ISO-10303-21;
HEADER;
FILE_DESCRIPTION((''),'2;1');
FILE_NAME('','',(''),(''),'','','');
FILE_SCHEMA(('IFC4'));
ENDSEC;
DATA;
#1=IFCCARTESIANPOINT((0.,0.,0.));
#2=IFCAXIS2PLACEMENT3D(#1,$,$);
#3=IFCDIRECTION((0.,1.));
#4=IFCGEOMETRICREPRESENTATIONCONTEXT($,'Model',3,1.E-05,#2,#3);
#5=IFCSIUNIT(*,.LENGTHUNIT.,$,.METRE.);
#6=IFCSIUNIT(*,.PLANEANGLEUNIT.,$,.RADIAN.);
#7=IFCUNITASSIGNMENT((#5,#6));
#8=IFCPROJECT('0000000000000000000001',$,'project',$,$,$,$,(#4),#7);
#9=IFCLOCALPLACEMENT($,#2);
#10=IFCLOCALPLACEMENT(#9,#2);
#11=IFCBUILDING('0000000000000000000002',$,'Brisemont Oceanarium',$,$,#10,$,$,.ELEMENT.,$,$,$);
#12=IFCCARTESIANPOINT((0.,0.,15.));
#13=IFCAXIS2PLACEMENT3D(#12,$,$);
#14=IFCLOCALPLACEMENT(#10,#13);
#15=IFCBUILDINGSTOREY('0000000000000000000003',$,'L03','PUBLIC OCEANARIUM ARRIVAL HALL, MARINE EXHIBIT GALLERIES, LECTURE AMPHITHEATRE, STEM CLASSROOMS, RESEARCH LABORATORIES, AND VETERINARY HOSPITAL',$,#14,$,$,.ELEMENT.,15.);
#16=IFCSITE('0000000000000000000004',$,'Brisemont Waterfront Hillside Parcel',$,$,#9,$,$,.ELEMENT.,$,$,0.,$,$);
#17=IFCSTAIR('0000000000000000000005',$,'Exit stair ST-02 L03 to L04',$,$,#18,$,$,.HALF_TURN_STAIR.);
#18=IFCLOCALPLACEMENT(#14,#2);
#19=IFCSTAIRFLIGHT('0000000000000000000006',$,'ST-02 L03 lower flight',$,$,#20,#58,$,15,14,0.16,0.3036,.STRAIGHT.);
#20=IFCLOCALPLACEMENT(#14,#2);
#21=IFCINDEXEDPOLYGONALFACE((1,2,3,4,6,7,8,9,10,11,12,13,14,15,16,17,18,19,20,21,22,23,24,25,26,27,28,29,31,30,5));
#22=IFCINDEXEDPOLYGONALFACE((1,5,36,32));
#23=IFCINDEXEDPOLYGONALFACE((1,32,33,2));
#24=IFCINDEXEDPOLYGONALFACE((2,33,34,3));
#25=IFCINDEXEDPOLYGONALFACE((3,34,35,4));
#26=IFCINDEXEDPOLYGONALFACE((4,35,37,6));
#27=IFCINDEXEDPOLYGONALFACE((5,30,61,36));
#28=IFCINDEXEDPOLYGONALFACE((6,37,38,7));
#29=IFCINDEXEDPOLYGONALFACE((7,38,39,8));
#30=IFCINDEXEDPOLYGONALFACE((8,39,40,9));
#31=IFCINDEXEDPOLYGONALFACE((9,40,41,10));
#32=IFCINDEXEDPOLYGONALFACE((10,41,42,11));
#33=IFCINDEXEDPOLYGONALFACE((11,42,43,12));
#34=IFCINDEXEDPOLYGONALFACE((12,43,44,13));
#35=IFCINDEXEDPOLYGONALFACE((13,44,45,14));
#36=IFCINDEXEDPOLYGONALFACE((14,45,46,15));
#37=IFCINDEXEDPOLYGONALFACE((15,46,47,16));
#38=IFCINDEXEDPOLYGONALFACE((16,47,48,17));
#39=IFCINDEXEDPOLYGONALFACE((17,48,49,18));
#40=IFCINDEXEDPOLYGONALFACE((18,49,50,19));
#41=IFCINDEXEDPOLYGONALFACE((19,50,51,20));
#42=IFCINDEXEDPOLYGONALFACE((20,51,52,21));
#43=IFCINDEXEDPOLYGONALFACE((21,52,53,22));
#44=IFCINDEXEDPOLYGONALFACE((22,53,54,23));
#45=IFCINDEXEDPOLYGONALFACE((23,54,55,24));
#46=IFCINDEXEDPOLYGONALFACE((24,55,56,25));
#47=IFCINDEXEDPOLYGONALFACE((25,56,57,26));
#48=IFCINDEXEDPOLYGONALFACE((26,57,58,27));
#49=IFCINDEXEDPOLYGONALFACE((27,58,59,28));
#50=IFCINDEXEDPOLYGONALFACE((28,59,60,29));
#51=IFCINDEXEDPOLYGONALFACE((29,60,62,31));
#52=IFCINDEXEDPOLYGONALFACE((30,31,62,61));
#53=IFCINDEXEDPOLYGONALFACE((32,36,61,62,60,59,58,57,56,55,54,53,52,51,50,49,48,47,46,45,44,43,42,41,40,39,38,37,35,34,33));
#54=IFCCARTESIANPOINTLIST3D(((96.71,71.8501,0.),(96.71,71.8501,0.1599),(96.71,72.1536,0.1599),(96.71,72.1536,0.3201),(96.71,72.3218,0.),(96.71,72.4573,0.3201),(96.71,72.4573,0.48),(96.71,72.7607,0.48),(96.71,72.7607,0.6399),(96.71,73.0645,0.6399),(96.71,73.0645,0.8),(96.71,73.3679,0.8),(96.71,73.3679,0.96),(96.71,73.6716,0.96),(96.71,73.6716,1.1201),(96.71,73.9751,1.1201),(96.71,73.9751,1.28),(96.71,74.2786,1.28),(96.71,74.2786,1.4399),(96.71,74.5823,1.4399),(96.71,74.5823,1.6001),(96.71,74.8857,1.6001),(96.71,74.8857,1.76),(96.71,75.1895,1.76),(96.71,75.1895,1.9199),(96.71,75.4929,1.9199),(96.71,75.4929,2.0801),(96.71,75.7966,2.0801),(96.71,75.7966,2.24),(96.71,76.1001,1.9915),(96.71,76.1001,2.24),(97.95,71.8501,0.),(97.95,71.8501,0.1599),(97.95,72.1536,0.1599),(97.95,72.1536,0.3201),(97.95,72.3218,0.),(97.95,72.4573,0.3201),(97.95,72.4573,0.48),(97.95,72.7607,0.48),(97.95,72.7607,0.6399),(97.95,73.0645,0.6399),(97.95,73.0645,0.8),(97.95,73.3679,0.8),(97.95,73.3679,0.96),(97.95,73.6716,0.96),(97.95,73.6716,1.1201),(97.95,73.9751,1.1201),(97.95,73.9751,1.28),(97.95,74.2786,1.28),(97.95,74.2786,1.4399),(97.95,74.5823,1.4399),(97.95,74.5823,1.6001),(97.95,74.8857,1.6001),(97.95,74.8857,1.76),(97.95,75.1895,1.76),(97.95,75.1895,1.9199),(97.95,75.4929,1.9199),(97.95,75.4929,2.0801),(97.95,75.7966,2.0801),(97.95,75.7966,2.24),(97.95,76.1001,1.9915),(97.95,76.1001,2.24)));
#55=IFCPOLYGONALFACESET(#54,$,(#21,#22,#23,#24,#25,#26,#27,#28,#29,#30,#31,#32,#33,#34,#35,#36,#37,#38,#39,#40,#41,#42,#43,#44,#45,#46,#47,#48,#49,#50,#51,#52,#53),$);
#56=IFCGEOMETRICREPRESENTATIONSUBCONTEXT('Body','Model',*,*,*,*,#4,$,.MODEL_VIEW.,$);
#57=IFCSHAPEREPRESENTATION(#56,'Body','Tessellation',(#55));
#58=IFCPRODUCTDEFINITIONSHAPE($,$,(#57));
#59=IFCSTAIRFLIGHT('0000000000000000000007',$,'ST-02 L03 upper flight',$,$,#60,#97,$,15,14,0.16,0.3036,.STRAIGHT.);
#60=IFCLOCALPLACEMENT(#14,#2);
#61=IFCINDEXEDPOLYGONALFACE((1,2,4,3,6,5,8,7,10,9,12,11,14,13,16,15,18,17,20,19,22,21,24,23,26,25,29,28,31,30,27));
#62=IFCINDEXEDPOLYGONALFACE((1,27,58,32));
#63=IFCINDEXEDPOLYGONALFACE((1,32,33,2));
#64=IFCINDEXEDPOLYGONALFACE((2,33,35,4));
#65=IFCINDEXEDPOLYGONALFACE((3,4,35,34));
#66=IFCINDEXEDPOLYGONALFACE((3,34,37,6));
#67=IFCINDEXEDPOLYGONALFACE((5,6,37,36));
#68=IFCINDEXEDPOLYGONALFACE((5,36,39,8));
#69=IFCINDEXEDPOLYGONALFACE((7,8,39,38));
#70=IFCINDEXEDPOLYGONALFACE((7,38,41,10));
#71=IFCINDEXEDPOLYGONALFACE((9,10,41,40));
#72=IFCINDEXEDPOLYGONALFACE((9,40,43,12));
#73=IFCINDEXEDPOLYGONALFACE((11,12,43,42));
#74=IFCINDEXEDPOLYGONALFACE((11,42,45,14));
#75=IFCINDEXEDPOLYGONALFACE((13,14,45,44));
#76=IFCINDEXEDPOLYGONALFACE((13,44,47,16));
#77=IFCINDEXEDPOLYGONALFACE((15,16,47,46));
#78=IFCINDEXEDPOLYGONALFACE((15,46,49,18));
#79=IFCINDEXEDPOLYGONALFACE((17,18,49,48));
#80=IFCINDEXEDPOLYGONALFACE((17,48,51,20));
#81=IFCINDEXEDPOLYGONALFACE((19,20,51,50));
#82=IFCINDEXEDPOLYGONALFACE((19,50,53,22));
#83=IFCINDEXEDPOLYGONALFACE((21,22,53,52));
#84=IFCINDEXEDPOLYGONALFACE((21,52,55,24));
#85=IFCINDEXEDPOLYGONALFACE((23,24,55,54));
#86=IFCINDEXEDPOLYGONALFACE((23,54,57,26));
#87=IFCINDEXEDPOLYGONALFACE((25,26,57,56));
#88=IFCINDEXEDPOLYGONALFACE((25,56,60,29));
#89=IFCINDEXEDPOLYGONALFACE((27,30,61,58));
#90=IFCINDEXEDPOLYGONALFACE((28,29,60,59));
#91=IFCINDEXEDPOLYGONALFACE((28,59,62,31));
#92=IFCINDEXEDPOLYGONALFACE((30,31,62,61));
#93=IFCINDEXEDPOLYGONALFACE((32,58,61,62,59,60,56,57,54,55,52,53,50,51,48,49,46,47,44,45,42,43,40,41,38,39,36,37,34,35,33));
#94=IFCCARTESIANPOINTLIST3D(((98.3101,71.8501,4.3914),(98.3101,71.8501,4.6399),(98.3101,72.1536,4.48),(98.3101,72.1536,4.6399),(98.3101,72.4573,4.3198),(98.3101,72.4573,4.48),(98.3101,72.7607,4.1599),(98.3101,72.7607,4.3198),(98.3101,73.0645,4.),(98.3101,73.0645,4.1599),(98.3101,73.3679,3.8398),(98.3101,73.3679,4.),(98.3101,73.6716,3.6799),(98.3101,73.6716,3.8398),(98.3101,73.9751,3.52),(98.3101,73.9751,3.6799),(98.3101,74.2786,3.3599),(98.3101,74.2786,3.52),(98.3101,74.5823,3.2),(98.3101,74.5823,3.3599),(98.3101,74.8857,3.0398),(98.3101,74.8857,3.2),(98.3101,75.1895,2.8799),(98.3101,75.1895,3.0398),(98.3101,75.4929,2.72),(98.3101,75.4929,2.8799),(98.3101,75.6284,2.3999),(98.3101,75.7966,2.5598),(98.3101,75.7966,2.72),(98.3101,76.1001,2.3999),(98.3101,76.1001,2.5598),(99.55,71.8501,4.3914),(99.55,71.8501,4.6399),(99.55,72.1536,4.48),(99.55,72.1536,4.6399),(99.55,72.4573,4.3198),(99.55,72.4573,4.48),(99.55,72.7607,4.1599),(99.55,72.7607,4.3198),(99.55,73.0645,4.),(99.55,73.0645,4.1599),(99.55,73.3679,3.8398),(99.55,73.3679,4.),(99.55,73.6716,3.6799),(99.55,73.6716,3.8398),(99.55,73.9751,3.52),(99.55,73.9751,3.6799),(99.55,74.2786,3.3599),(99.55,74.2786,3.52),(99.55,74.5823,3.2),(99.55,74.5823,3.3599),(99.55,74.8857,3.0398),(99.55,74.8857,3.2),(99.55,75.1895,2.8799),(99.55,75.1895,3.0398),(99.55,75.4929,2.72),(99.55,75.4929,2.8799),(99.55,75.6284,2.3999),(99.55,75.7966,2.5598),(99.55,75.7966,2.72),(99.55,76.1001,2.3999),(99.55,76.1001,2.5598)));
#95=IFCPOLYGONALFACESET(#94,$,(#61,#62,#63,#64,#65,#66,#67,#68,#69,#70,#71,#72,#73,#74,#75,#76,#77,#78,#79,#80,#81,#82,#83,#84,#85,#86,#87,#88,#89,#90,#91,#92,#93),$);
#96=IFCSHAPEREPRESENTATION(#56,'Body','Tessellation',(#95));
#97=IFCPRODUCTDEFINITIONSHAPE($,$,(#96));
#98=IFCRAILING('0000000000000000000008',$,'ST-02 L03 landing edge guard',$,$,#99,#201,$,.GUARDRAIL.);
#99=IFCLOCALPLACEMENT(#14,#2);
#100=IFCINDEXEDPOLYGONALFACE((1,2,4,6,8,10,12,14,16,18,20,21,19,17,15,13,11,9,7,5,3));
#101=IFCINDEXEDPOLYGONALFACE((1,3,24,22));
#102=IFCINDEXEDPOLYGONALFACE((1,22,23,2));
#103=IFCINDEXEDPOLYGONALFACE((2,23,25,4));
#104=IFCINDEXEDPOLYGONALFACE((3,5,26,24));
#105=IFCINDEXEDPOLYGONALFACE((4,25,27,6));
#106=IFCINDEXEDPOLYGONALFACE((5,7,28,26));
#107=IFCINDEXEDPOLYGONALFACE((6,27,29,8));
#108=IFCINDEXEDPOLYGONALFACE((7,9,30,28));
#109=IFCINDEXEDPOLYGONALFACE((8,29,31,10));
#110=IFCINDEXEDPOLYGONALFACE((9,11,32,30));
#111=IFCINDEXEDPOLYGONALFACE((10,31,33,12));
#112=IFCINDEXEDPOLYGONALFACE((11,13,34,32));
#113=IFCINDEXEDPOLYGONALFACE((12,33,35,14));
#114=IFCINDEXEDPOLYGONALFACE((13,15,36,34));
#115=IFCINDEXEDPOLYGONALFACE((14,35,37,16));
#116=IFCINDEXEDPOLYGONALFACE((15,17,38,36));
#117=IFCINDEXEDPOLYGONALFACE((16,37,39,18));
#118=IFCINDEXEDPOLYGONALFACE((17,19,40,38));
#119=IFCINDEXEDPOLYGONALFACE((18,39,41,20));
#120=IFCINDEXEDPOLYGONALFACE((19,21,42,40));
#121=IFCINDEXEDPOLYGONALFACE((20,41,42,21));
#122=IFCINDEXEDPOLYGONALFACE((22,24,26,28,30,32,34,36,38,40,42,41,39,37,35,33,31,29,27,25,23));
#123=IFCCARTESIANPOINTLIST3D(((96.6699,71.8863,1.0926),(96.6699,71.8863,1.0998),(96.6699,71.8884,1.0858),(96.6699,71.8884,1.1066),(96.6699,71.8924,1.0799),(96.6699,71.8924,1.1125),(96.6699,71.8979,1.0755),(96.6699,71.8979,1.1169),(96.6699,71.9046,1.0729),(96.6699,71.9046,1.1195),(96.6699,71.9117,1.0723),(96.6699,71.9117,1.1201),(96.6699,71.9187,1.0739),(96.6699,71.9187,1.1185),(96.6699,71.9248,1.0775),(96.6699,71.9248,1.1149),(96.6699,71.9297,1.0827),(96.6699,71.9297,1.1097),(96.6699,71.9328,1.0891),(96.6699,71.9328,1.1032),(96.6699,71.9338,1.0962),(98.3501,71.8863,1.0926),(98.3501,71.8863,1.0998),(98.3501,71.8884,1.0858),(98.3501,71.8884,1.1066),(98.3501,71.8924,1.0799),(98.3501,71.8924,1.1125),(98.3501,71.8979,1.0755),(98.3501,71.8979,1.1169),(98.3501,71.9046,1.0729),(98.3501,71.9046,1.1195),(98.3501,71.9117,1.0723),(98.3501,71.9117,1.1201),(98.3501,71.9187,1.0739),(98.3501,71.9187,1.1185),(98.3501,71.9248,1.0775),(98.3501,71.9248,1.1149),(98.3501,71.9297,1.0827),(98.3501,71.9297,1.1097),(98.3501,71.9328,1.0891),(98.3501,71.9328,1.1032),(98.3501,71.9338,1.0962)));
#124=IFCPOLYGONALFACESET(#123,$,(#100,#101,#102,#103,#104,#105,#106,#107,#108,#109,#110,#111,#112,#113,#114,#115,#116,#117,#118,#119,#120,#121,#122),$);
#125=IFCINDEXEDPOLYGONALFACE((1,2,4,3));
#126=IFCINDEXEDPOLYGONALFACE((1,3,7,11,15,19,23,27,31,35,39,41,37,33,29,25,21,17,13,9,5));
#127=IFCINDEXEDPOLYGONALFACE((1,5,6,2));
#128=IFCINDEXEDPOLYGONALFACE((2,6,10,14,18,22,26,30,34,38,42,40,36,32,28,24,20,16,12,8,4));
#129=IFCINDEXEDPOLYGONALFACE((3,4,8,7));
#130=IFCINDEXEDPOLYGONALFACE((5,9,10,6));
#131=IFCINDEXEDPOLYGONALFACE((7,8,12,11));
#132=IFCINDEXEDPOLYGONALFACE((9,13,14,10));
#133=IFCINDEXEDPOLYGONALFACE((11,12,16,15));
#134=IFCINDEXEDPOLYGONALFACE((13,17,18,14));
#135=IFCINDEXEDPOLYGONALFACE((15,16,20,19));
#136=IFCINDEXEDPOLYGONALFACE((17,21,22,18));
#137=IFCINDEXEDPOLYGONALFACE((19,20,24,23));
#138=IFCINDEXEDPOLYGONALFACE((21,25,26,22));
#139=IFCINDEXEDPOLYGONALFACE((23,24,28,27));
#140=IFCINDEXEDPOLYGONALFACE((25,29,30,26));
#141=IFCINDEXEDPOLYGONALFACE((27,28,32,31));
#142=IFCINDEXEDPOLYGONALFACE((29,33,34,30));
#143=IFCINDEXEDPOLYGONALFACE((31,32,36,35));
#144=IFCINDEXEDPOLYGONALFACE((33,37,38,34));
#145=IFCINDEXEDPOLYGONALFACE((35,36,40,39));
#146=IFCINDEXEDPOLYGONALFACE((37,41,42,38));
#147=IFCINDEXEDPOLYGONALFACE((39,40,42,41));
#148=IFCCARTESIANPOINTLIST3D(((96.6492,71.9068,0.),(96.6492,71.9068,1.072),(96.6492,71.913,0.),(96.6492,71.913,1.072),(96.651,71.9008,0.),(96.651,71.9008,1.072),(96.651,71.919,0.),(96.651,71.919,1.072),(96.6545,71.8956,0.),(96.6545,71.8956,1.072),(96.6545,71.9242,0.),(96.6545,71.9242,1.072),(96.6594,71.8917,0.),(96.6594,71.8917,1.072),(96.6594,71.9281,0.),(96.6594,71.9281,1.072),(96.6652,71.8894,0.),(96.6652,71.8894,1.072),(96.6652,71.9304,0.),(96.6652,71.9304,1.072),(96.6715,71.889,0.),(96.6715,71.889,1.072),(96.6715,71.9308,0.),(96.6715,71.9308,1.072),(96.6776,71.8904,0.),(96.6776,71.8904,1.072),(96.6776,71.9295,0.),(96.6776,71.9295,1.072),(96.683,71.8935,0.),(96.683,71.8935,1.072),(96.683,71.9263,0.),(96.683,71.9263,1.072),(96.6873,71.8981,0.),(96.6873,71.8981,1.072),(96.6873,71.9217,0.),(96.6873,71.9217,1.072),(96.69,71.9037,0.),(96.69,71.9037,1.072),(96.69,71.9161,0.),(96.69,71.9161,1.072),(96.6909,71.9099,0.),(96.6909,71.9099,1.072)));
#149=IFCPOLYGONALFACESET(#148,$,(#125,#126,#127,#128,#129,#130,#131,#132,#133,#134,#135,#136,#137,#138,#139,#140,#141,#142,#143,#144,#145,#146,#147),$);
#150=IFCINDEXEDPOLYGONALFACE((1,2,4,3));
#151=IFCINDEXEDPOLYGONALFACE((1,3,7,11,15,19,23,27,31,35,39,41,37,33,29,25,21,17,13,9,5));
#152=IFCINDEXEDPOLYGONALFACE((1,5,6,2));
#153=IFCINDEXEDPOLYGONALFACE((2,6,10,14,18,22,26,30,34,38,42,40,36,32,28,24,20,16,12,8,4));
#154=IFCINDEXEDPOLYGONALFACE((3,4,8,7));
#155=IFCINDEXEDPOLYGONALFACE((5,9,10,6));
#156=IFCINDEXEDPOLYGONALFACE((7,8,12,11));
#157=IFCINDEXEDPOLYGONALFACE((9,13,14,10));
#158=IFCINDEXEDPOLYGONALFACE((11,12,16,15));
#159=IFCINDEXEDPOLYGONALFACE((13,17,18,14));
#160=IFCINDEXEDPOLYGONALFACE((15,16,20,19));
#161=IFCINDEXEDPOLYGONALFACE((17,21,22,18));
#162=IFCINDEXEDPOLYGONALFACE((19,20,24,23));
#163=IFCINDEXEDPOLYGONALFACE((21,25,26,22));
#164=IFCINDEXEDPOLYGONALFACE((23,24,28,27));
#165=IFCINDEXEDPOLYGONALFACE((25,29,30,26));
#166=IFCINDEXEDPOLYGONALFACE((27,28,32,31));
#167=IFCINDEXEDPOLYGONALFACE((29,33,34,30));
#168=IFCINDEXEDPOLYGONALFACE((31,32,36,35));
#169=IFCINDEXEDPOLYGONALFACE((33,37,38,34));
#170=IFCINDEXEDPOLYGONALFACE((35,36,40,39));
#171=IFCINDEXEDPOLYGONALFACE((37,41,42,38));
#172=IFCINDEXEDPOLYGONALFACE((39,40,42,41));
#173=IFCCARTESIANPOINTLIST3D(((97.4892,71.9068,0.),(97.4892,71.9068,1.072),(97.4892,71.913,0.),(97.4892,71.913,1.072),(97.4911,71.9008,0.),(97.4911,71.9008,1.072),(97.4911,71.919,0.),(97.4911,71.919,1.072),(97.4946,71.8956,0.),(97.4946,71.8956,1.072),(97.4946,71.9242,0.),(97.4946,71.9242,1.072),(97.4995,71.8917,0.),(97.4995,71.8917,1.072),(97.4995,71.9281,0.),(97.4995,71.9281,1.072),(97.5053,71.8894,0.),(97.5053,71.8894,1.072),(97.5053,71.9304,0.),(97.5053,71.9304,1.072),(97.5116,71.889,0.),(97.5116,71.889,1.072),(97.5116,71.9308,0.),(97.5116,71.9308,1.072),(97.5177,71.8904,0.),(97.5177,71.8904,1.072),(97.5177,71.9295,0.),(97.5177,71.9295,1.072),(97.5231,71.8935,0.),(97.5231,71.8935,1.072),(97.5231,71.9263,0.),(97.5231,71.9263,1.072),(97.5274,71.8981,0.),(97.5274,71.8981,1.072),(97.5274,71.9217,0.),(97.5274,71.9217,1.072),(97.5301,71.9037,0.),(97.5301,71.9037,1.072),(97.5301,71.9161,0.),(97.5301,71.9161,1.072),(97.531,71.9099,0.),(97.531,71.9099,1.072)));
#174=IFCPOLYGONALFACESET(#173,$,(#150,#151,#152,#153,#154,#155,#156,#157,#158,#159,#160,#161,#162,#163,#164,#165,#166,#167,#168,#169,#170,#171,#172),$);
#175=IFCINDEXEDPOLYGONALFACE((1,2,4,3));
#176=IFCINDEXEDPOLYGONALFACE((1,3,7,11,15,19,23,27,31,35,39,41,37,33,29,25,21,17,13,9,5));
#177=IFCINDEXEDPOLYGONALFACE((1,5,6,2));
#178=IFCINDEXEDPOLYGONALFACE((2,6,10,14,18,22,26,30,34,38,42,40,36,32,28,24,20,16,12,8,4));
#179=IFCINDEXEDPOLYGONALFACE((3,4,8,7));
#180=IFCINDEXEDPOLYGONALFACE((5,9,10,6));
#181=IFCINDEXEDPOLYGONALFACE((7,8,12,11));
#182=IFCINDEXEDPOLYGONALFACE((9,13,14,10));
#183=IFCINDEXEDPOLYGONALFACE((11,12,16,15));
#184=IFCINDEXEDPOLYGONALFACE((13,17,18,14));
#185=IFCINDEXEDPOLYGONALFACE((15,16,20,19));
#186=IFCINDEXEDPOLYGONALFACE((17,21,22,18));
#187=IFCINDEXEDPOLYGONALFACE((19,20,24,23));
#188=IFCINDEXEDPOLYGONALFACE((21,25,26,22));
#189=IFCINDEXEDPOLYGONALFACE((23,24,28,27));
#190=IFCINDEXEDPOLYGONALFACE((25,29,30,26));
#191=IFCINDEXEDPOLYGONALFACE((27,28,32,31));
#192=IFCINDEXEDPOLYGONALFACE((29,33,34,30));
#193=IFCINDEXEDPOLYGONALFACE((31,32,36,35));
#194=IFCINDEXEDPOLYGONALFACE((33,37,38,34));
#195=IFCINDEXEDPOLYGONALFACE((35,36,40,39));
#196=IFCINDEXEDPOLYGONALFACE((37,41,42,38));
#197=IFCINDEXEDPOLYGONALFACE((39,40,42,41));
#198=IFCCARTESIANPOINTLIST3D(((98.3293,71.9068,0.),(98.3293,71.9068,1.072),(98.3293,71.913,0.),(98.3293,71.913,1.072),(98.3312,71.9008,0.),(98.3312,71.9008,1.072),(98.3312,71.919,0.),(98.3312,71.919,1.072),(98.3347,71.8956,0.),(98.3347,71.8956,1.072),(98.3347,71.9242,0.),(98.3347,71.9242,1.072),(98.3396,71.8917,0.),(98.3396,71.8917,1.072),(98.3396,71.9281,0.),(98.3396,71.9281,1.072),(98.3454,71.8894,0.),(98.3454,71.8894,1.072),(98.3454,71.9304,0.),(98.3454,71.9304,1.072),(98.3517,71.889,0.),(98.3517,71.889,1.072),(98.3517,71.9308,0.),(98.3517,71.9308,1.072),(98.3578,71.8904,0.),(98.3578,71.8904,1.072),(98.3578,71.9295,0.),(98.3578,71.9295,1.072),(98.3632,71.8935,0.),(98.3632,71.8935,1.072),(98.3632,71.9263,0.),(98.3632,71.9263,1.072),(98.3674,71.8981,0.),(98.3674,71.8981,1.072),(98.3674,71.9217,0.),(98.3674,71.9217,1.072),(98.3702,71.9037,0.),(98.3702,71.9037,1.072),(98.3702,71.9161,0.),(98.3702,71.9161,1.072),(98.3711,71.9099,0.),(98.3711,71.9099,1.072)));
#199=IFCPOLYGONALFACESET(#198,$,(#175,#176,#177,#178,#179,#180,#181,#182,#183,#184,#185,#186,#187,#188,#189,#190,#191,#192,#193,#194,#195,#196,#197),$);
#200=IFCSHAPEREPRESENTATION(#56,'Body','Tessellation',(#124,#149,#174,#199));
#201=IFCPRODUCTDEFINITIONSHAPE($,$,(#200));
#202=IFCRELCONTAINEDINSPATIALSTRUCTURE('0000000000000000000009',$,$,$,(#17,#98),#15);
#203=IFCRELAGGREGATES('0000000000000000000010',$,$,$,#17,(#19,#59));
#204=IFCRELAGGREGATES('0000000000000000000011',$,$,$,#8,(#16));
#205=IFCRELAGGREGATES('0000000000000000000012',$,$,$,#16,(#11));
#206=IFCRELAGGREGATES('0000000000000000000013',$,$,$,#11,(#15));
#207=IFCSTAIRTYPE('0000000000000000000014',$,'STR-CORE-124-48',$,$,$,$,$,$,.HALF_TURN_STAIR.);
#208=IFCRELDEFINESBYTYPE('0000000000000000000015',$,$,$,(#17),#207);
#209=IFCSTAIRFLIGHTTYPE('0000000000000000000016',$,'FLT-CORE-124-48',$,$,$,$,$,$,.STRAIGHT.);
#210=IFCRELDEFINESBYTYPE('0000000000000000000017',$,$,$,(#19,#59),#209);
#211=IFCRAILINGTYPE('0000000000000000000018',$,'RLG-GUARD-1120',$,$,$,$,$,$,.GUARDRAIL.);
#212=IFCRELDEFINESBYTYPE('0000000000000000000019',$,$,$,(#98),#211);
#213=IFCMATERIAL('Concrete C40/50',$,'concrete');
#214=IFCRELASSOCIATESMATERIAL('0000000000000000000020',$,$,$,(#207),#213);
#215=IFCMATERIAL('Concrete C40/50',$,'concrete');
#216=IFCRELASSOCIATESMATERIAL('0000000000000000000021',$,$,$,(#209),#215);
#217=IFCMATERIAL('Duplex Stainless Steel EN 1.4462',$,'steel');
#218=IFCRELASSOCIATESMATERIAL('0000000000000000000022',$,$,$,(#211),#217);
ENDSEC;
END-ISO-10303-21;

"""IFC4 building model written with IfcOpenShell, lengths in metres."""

from ifc_helpers import new_model, si_unit, direction, frame, origin, origin_2d, place, context, subcontext, project, spatial, polyline, circle, outline, extrude, material, type_object, element, aggregate, save


model = new_model("IFC4")

# Units and contexts
model_context = context("Model", 3, precision=1e-05, world=origin(), true_north=direction((0.0, 1.0)))
body_context = subcontext(model_context, "Body", "Model", "MODEL_VIEW")
ifc_project = project(units=[si_unit("LENGTHUNIT", "METRE"), si_unit("PLANEANGLEUNIT", "RADIAN")], contexts=[model_context])

# Site, building, storey
site_placement = place(None, origin())
site = spatial("IfcSite", under=ifc_project, at=site_placement, Name="Brisemont Waterfront Hillside Parcel", CompositionType="ELEMENT", RefElevation=0.0)
building_placement = place(site_placement, origin())
building = spatial("IfcBuilding", under=site, at=building_placement, Name="Brisemont Oceanarium", CompositionType="ELEMENT")
storey_placement = place(building_placement, frame((0.0, 0.0, 15.0)))
storey = spatial("IfcBuildingStorey", under=building, at=storey_placement, Name="L03", Description="PUBLIC OCEANARIUM ARRIVAL HALL, MARINE EXHIBIT GALLERIES, LECTURE AMPHITHEATRE, STEM CLASSROOMS, RESEARCH LABORATORIES, AND VETERINARY HOSPITAL", CompositionType="ELEMENT", Elevation=15.0)

# Stair, stair flights
ifc_material_1 = material(Name="Concrete C40/50", Category="concrete")
stair_type = type_object("IfcStairType", Name="STR-CORE-124-48", PredefinedType="HALF_TURN_STAIR", material=ifc_material_1)
stair_placement = place(storey_placement, origin())
stair = element("IfcStair", 1, at=stair_placement, inside=storey, type_object=stair_type, Name="Exit stair ST-02 L03 to L04", PredefinedType="HALF_TURN_STAIR")
ifc_material_2 = material(Name="Concrete C40/50", Category="concrete")
stair_flight_type = type_object("IfcStairFlightType", Name="FLT-CORE-124-48", PredefinedType="STRAIGHT", material=ifc_material_2)
stair_flight_1_placement = place(storey_placement, frame((97.3301, 71.8501, 0.0), z_axis=(0.0, 0.0, 1.0), x_axis=(0.0, 1.0, 0.0)))
stair_flight_1 = element("IfcStairFlight", 2, at=stair_flight_1_placement, type_object=stair_flight_type, Name="ST-02 L03 lower flight", NumberOfRisers=15, NumberOfTreads=14, PredefinedType="STRAIGHT", RiserHeight=0.16, TreadLength=0.3036, context=body_context, shape_type="SweptSolid", body=[
    extrude(outline(polyline([(0.0, 0.0), (0.0, 0.1599), (0.3035, 0.1599), (0.3035, 0.3201), (0.6072, 0.3201), (0.6072, 0.48), (0.9106, 0.48), (0.9106, 0.6399), (1.2144, 0.6399), (1.2144, 0.8), (1.5178, 0.8), (1.5178, 0.96), (1.8215, 0.96), (1.8215, 1.1201), (2.125, 1.1201), (2.125, 1.28), (2.4285, 1.28), (2.4285, 1.4399), (2.7322, 1.4399), (2.7322, 1.6001), (3.0356, 1.6001), (3.0356, 1.76), (3.3394, 1.76), (3.3394, 1.9199), (3.6428, 1.9199), (3.6428, 2.0801), (3.9465, 2.0801), (3.9465, 2.24), (4.25, 2.24), (4.25, 2.3999), (4.25, 1.9915), (0.4717, 0.0), (0.0, 0.0)])), frame((0.0, 0.6201, 0.0), z_axis=(0.0, -1.0, 0.0), x_axis=(1.0, 0.0, 0.0)), (0.0, 0.0, 1.0), 1.24),
])
stair_flight_2_placement = place(storey_placement, frame((98.9299, 76.1001, 2.3999), z_axis=(0.0, 0.0, 1.0), x_axis=(0.0, -1.0, 0.0)))
stair_flight_2 = element("IfcStairFlight", 3, at=stair_flight_2_placement, type_object=stair_flight_type, Name="ST-02 L03 upper flight", NumberOfRisers=15, NumberOfTreads=14, PredefinedType="STRAIGHT", RiserHeight=0.16, TreadLength=0.3036, context=body_context, shape_type="SweptSolid", body=[
    extrude(outline(polyline([(0.0, 0.0), (0.0, 0.1599), (0.3035, 0.1599), (0.3035, 0.3201), (0.6072, 0.3201), (0.6072, 0.48), (0.9106, 0.48), (0.9106, 0.6399), (1.2144, 0.6399), (1.2144, 0.8), (1.5178, 0.8), (1.5178, 0.96), (1.8215, 0.96), (1.8215, 1.1201), (2.125, 1.1201), (2.125, 1.28), (2.4285, 1.28), (2.4285, 1.4399), (2.7322, 1.4399), (2.7322, 1.6001), (3.0356, 1.6001), (3.0356, 1.76), (3.3394, 1.76), (3.3394, 1.9199), (3.6428, 1.9199), (3.6428, 2.0801), (3.9465, 2.0801), (3.9465, 2.24), (4.25, 2.24), (4.25, 2.3999), (4.25, 1.9915), (0.4717, 0.0), (0.0, 0.0)])), frame((0.0, 0.6201, 0.0), z_axis=(0.0, -1.0, 0.0), x_axis=(1.0, 0.0, 0.0)), (0.0, 0.0, 1.0), 1.24),
])
aggregate(stair, [stair_flight_1, stair_flight_2])

# Railing
ifc_material_3 = material(Name="Duplex Stainless Steel EN 1.4462", Category="steel")
railing_type_1 = type_object("IfcRailingType", Name="RLG-GUARD-1120", PredefinedType="GUARDRAIL", material=ifc_material_3)
railing_1_placement = place(storey_placement, frame((96.6699, 71.9099, 0.0)))
element("IfcRailing", 4, at=railing_1_placement, inside=storey, type_object=railing_type_1, Name="ST-02 L03 landing edge guard", PredefinedType="GUARDRAIL", context=body_context, shape_type="SweptSolid", body=[
    extrude(circle(Radius=0.0239, at=origin_2d()), frame((0.0, 0.0, 1.0962), z_axis=(1.0, 0.0, 0.0), x_axis=(0.0, 1.0, 0.0)), (0.0, 0.0, 1.0), 1.6802),
    extrude(circle(Radius=0.021, at=origin_2d()), origin(), (0.0, 0.0, 1.0), 1.072),
    extrude(circle(Radius=0.021, at=origin_2d()), frame((0.8401, 0.0, 0.0)), (0.0, 0.0, 1.0), 1.072),
    extrude(circle(Radius=0.021, at=origin_2d()), frame((1.6802, 0.0, 0.0)), (0.0, 0.0, 1.0), 1.072),
])

save(model, "model.ifc")
